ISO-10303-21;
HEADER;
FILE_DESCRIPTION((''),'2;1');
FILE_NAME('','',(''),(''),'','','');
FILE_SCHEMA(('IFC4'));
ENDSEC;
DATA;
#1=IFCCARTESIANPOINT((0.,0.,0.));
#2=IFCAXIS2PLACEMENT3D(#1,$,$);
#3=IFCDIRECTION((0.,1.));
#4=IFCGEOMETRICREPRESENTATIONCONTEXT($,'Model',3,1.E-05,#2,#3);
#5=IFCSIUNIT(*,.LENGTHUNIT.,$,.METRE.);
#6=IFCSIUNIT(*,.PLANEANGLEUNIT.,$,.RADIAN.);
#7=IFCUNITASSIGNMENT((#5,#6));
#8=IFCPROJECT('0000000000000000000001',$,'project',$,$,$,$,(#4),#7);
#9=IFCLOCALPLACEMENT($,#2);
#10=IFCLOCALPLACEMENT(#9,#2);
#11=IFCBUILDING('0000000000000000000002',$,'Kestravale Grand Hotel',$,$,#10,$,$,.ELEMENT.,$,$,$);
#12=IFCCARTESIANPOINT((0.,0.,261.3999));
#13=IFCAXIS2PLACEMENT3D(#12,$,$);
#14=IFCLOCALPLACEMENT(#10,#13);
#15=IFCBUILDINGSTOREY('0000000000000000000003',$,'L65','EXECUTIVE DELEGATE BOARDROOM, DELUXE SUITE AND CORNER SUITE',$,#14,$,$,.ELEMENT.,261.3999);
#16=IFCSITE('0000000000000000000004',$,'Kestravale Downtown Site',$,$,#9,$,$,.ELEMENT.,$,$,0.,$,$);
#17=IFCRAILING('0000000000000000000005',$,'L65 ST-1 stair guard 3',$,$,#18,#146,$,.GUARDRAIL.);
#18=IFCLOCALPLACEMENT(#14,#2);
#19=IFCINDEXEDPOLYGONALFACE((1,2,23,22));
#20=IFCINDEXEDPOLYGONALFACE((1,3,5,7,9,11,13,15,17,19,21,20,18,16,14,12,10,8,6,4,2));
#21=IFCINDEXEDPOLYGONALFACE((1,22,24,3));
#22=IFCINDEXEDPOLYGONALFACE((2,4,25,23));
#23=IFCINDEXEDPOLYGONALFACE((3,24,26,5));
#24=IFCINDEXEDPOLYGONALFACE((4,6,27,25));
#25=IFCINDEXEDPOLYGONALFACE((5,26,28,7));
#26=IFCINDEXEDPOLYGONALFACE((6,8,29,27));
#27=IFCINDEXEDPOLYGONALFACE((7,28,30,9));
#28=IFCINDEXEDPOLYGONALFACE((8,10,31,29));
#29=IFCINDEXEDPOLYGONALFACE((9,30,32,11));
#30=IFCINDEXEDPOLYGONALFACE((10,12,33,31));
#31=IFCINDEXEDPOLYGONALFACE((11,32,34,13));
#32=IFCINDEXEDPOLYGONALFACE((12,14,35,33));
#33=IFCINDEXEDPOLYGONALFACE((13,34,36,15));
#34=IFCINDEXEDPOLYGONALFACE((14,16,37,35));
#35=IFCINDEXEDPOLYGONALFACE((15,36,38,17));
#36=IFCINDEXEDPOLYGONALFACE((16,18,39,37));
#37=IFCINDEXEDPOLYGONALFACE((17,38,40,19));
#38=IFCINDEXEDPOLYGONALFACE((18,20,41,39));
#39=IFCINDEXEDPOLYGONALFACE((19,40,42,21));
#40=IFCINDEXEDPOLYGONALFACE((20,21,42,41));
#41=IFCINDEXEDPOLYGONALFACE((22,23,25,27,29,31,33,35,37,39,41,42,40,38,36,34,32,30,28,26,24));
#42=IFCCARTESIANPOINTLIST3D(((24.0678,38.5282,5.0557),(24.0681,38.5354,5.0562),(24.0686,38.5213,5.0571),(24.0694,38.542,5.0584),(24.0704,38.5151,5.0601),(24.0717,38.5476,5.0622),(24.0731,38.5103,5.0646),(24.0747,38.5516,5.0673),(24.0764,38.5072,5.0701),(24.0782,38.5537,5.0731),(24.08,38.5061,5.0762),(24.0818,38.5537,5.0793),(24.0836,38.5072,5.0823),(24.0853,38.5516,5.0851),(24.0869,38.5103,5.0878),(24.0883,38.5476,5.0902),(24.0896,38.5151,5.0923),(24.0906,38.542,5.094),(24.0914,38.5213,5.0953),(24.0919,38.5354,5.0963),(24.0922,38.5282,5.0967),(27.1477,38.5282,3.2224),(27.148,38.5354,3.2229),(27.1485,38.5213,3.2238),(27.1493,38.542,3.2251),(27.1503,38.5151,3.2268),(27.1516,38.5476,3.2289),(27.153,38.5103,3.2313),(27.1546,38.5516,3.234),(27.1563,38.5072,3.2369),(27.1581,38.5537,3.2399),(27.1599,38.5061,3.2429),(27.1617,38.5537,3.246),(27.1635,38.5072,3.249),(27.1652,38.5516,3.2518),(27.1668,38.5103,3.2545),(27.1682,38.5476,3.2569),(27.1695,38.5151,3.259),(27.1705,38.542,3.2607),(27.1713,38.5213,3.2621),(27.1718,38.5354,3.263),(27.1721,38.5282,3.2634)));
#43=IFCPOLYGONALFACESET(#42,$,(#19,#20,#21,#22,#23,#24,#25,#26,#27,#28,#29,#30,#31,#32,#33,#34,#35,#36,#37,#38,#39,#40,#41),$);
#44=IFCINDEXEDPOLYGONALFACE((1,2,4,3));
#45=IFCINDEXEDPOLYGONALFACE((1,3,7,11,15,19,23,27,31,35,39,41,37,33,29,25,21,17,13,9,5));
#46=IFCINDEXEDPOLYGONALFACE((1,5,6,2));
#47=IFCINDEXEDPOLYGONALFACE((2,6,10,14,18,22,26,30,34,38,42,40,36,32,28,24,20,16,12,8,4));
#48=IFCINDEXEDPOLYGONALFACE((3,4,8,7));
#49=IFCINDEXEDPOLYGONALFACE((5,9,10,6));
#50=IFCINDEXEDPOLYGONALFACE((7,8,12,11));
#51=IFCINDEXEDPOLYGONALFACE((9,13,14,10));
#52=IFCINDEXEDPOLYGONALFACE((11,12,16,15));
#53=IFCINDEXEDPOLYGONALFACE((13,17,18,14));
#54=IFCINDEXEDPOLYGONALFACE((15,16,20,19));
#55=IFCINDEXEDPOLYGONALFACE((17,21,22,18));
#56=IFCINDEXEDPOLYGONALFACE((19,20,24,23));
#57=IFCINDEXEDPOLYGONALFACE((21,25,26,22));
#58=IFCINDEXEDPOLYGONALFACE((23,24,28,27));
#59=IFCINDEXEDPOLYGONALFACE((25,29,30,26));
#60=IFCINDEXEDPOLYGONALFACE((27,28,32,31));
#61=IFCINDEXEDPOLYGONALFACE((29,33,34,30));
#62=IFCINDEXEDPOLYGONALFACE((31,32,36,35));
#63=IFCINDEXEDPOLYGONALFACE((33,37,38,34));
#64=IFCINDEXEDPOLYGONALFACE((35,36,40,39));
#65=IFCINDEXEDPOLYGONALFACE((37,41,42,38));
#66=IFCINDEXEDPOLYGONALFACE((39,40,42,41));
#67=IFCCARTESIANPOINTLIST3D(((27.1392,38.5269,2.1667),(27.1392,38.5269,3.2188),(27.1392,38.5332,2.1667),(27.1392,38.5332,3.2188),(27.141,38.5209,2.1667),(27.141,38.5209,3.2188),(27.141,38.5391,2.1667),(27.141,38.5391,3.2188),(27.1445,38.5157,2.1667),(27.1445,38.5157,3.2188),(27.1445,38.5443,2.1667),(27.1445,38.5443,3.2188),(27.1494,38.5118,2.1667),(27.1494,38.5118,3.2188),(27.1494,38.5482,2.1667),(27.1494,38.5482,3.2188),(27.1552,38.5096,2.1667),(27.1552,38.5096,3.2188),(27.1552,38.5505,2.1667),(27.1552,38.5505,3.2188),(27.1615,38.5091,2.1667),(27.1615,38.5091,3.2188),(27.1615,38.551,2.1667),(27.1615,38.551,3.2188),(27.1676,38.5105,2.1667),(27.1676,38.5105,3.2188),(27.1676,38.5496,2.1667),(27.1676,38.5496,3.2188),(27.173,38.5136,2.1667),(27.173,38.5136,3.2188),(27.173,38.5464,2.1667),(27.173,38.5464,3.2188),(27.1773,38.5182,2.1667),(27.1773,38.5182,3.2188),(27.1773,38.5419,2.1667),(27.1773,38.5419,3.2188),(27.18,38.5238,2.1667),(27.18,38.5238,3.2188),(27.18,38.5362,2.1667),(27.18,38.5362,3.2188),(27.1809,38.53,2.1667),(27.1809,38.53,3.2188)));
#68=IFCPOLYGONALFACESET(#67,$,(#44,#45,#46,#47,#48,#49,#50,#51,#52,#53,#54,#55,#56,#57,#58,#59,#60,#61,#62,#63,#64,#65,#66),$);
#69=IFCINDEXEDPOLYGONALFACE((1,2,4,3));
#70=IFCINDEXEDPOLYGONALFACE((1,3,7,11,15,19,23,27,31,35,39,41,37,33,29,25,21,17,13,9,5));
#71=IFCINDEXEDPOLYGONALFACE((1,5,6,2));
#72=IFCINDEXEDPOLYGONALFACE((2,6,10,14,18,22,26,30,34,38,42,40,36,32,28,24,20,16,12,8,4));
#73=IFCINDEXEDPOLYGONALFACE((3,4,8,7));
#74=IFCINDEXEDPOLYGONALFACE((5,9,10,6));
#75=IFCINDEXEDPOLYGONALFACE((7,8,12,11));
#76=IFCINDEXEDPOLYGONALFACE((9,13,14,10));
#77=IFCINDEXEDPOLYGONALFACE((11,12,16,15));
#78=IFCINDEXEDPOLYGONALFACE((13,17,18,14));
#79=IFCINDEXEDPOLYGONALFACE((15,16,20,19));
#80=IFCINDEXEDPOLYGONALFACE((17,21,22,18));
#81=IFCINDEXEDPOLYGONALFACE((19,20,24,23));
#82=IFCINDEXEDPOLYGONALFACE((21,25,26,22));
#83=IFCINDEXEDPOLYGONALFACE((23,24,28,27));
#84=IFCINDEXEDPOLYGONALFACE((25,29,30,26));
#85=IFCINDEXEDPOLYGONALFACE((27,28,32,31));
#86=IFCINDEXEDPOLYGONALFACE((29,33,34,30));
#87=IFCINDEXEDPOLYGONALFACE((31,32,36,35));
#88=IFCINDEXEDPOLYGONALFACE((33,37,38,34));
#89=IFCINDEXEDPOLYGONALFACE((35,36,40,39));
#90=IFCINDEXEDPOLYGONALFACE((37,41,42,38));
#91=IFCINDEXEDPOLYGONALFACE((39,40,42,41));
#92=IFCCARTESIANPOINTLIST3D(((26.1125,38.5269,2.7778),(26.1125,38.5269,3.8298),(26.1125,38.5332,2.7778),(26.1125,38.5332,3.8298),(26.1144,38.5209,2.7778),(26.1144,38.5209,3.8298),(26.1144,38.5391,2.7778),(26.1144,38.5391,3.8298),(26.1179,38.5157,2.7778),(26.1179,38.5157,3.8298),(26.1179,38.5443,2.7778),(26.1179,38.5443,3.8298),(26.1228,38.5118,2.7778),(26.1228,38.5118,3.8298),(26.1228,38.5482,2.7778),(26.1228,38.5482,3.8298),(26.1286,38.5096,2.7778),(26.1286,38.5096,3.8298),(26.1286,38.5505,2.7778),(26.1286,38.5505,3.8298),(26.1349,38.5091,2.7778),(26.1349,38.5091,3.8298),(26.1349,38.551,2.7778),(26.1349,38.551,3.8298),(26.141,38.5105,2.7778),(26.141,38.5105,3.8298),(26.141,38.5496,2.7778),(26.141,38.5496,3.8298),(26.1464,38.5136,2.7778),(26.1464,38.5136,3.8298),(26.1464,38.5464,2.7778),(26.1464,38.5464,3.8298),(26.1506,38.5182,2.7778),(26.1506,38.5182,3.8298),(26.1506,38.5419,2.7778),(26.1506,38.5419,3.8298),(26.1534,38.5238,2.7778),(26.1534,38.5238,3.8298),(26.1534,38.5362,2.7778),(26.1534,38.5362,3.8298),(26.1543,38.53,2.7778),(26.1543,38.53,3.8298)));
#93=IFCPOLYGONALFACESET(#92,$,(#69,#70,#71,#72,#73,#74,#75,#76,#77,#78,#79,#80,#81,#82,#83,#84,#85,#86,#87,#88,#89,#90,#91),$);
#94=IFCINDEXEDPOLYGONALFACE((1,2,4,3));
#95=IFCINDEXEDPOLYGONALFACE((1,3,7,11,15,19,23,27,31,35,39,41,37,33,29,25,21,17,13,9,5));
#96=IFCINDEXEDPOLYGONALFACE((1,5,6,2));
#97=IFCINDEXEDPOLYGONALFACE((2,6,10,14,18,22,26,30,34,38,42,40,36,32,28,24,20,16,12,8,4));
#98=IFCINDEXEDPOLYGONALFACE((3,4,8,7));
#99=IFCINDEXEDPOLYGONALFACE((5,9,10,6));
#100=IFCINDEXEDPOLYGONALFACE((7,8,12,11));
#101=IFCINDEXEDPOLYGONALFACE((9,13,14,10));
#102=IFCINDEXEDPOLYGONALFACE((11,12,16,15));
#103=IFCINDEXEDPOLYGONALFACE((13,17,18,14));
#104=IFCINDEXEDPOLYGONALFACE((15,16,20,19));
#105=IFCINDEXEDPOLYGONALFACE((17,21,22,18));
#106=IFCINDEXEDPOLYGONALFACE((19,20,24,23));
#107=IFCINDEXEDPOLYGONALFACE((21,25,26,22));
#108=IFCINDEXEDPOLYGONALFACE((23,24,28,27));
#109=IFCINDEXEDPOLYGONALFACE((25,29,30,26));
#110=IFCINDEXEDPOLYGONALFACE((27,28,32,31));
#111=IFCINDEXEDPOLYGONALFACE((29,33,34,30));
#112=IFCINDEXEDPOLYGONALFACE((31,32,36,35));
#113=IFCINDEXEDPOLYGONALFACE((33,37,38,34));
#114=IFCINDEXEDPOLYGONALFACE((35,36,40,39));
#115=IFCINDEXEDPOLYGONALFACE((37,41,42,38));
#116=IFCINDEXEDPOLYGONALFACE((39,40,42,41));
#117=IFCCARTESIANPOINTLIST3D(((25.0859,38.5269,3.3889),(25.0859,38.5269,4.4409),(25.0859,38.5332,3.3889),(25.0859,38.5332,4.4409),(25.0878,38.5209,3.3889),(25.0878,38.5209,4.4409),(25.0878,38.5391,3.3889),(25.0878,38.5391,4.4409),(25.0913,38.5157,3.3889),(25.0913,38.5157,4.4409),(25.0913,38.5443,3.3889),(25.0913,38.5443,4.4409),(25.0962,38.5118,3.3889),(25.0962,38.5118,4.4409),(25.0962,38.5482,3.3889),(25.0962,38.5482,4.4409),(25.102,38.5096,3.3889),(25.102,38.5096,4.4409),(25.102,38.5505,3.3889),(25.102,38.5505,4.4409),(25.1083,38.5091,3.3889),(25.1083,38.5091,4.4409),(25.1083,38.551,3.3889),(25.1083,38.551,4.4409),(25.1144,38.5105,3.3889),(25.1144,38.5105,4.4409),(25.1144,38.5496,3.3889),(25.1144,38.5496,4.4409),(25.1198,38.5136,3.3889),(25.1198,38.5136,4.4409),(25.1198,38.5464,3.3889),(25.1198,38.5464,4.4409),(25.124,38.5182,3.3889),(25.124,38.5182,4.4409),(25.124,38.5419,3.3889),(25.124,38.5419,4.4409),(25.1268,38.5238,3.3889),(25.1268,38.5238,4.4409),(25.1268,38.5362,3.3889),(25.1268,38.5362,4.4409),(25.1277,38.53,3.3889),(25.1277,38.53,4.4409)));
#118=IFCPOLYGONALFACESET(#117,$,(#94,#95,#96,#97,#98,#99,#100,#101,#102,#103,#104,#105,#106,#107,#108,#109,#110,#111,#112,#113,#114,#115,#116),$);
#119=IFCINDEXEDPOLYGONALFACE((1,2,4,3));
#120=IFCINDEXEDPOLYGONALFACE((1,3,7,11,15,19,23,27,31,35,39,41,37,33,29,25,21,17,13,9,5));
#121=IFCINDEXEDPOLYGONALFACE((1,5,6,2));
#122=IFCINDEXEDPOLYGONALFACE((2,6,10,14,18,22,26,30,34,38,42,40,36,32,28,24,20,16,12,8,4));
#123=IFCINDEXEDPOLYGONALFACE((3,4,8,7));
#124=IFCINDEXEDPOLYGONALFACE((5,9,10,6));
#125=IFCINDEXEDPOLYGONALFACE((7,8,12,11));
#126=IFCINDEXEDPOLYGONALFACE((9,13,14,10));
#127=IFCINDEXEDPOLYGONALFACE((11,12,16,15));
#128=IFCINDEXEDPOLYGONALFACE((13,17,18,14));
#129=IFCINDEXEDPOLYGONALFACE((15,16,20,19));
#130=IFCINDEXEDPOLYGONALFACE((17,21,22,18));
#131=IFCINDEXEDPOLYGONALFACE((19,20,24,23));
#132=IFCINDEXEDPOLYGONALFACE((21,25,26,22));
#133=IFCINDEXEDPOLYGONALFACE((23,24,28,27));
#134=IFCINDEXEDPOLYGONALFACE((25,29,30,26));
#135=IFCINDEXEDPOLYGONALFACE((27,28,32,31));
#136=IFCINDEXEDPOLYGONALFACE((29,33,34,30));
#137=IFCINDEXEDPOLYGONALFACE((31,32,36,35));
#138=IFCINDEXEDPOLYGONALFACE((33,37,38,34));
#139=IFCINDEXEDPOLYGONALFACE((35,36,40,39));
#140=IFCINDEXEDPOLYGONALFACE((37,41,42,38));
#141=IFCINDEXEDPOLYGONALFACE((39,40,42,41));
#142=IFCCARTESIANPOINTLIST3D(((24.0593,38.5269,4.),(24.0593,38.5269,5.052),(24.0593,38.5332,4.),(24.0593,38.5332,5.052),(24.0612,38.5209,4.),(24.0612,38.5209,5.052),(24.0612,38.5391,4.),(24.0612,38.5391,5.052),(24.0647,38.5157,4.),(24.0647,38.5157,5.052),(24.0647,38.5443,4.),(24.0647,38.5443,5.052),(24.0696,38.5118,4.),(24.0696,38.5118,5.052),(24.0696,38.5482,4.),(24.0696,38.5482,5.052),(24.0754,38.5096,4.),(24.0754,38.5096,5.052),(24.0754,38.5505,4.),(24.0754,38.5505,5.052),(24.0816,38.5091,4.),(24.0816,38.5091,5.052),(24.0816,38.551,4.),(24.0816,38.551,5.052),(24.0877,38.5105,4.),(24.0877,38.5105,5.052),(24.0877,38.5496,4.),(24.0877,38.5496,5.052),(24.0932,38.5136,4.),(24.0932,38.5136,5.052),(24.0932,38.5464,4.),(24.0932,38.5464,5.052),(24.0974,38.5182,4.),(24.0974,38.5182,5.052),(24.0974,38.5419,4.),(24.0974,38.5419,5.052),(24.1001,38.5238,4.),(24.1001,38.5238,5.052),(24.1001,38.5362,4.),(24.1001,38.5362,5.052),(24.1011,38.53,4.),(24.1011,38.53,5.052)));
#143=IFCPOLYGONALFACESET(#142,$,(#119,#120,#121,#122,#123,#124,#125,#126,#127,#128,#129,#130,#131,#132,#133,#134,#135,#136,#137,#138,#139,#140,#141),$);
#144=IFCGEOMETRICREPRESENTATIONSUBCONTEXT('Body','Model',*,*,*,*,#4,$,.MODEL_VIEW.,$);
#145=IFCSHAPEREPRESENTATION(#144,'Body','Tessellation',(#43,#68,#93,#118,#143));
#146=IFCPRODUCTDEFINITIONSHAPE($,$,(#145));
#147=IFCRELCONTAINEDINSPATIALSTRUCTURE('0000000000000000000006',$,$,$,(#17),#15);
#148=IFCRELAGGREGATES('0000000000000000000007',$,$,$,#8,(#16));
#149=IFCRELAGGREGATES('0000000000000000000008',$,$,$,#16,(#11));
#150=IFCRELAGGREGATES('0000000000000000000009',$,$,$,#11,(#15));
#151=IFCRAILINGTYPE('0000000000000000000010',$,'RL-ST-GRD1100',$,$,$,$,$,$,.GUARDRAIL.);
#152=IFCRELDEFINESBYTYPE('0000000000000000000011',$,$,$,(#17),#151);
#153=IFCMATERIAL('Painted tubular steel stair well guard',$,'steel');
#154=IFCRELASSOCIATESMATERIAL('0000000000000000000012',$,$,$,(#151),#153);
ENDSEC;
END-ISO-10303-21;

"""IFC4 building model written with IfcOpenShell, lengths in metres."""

from ifc_helpers import new_model, si_unit, direction, frame, origin, origin_2d, place, context, subcontext, project, spatial, circle, extrude, material, type_object, element, save


model = new_model("IFC4")

# Units and contexts
model_context = context("Model", 3, precision=1e-05, world=origin(), true_north=direction((0.0, 1.0)))
body_context = subcontext(model_context, "Body", "Model", "MODEL_VIEW")
ifc_project = project(units=[si_unit("LENGTHUNIT", "METRE"), si_unit("PLANEANGLEUNIT", "RADIAN")], contexts=[model_context])

# Site, building, storey
site_placement = place(None, origin())
site = spatial("IfcSite", under=ifc_project, at=site_placement, Name="Kestravale Downtown Site", CompositionType="ELEMENT", RefElevation=0.0)
building_placement = place(site_placement, origin())
building = spatial("IfcBuilding", under=site, at=building_placement, Name="Kestravale Grand Hotel", CompositionType="ELEMENT")
storey_placement = place(building_placement, frame((0.0, 0.0, 261.3999)))
storey = spatial("IfcBuildingStorey", under=building, at=storey_placement, Name="L65", Description="EXECUTIVE DELEGATE BOARDROOM, DELUXE SUITE AND CORNER SUITE", CompositionType="ELEMENT", Elevation=261.3999)

# Railing
ifc_material_1 = material(Name="Painted tubular steel stair well guard", Category="steel")
railing_type_1 = type_object("IfcRailingType", Name="RL-ST-GRD1100", PredefinedType="GUARDRAIL", material=ifc_material_1)
railing_1_placement = place(storey_placement, frame((27.1599, 38.53, 2.1667)))
element("IfcRailing", 1, at=railing_1_placement, inside=storey, type_object=railing_type_1, Name="L65 ST-1 stair guard 3", PredefinedType="GUARDRAIL", context=body_context, shape_type="SweptSolid", body=[
    extrude(circle(Radius=0.0239, at=origin_2d()), frame((0.0, 0.0, 1.0762), z_axis=(-0.859291, 0.0, 0.511487), x_axis=(0.0, -1.0, 0.0)), (0.0, 0.0, 1.0), 3.5842),
    extrude(circle(Radius=0.021, at=origin_2d()), origin(), (0.0, 0.0, 1.0), 1.052),
    extrude(circle(Radius=0.021, at=origin_2d()), frame((-1.0266, 0.0, 0.6111)), (0.0, 0.0, 1.0), 1.052),
    extrude(circle(Radius=0.021, at=origin_2d()), frame((-2.0532, 0.0, 1.2222)), (0.0, 0.0, 1.0), 1.052),
    extrude(circle(Radius=0.021, at=origin_2d()), frame((-3.0798, 0.0, 1.8333)), (0.0, 0.0, 1.0), 1.052),
])

save(model, "model.ifc")
